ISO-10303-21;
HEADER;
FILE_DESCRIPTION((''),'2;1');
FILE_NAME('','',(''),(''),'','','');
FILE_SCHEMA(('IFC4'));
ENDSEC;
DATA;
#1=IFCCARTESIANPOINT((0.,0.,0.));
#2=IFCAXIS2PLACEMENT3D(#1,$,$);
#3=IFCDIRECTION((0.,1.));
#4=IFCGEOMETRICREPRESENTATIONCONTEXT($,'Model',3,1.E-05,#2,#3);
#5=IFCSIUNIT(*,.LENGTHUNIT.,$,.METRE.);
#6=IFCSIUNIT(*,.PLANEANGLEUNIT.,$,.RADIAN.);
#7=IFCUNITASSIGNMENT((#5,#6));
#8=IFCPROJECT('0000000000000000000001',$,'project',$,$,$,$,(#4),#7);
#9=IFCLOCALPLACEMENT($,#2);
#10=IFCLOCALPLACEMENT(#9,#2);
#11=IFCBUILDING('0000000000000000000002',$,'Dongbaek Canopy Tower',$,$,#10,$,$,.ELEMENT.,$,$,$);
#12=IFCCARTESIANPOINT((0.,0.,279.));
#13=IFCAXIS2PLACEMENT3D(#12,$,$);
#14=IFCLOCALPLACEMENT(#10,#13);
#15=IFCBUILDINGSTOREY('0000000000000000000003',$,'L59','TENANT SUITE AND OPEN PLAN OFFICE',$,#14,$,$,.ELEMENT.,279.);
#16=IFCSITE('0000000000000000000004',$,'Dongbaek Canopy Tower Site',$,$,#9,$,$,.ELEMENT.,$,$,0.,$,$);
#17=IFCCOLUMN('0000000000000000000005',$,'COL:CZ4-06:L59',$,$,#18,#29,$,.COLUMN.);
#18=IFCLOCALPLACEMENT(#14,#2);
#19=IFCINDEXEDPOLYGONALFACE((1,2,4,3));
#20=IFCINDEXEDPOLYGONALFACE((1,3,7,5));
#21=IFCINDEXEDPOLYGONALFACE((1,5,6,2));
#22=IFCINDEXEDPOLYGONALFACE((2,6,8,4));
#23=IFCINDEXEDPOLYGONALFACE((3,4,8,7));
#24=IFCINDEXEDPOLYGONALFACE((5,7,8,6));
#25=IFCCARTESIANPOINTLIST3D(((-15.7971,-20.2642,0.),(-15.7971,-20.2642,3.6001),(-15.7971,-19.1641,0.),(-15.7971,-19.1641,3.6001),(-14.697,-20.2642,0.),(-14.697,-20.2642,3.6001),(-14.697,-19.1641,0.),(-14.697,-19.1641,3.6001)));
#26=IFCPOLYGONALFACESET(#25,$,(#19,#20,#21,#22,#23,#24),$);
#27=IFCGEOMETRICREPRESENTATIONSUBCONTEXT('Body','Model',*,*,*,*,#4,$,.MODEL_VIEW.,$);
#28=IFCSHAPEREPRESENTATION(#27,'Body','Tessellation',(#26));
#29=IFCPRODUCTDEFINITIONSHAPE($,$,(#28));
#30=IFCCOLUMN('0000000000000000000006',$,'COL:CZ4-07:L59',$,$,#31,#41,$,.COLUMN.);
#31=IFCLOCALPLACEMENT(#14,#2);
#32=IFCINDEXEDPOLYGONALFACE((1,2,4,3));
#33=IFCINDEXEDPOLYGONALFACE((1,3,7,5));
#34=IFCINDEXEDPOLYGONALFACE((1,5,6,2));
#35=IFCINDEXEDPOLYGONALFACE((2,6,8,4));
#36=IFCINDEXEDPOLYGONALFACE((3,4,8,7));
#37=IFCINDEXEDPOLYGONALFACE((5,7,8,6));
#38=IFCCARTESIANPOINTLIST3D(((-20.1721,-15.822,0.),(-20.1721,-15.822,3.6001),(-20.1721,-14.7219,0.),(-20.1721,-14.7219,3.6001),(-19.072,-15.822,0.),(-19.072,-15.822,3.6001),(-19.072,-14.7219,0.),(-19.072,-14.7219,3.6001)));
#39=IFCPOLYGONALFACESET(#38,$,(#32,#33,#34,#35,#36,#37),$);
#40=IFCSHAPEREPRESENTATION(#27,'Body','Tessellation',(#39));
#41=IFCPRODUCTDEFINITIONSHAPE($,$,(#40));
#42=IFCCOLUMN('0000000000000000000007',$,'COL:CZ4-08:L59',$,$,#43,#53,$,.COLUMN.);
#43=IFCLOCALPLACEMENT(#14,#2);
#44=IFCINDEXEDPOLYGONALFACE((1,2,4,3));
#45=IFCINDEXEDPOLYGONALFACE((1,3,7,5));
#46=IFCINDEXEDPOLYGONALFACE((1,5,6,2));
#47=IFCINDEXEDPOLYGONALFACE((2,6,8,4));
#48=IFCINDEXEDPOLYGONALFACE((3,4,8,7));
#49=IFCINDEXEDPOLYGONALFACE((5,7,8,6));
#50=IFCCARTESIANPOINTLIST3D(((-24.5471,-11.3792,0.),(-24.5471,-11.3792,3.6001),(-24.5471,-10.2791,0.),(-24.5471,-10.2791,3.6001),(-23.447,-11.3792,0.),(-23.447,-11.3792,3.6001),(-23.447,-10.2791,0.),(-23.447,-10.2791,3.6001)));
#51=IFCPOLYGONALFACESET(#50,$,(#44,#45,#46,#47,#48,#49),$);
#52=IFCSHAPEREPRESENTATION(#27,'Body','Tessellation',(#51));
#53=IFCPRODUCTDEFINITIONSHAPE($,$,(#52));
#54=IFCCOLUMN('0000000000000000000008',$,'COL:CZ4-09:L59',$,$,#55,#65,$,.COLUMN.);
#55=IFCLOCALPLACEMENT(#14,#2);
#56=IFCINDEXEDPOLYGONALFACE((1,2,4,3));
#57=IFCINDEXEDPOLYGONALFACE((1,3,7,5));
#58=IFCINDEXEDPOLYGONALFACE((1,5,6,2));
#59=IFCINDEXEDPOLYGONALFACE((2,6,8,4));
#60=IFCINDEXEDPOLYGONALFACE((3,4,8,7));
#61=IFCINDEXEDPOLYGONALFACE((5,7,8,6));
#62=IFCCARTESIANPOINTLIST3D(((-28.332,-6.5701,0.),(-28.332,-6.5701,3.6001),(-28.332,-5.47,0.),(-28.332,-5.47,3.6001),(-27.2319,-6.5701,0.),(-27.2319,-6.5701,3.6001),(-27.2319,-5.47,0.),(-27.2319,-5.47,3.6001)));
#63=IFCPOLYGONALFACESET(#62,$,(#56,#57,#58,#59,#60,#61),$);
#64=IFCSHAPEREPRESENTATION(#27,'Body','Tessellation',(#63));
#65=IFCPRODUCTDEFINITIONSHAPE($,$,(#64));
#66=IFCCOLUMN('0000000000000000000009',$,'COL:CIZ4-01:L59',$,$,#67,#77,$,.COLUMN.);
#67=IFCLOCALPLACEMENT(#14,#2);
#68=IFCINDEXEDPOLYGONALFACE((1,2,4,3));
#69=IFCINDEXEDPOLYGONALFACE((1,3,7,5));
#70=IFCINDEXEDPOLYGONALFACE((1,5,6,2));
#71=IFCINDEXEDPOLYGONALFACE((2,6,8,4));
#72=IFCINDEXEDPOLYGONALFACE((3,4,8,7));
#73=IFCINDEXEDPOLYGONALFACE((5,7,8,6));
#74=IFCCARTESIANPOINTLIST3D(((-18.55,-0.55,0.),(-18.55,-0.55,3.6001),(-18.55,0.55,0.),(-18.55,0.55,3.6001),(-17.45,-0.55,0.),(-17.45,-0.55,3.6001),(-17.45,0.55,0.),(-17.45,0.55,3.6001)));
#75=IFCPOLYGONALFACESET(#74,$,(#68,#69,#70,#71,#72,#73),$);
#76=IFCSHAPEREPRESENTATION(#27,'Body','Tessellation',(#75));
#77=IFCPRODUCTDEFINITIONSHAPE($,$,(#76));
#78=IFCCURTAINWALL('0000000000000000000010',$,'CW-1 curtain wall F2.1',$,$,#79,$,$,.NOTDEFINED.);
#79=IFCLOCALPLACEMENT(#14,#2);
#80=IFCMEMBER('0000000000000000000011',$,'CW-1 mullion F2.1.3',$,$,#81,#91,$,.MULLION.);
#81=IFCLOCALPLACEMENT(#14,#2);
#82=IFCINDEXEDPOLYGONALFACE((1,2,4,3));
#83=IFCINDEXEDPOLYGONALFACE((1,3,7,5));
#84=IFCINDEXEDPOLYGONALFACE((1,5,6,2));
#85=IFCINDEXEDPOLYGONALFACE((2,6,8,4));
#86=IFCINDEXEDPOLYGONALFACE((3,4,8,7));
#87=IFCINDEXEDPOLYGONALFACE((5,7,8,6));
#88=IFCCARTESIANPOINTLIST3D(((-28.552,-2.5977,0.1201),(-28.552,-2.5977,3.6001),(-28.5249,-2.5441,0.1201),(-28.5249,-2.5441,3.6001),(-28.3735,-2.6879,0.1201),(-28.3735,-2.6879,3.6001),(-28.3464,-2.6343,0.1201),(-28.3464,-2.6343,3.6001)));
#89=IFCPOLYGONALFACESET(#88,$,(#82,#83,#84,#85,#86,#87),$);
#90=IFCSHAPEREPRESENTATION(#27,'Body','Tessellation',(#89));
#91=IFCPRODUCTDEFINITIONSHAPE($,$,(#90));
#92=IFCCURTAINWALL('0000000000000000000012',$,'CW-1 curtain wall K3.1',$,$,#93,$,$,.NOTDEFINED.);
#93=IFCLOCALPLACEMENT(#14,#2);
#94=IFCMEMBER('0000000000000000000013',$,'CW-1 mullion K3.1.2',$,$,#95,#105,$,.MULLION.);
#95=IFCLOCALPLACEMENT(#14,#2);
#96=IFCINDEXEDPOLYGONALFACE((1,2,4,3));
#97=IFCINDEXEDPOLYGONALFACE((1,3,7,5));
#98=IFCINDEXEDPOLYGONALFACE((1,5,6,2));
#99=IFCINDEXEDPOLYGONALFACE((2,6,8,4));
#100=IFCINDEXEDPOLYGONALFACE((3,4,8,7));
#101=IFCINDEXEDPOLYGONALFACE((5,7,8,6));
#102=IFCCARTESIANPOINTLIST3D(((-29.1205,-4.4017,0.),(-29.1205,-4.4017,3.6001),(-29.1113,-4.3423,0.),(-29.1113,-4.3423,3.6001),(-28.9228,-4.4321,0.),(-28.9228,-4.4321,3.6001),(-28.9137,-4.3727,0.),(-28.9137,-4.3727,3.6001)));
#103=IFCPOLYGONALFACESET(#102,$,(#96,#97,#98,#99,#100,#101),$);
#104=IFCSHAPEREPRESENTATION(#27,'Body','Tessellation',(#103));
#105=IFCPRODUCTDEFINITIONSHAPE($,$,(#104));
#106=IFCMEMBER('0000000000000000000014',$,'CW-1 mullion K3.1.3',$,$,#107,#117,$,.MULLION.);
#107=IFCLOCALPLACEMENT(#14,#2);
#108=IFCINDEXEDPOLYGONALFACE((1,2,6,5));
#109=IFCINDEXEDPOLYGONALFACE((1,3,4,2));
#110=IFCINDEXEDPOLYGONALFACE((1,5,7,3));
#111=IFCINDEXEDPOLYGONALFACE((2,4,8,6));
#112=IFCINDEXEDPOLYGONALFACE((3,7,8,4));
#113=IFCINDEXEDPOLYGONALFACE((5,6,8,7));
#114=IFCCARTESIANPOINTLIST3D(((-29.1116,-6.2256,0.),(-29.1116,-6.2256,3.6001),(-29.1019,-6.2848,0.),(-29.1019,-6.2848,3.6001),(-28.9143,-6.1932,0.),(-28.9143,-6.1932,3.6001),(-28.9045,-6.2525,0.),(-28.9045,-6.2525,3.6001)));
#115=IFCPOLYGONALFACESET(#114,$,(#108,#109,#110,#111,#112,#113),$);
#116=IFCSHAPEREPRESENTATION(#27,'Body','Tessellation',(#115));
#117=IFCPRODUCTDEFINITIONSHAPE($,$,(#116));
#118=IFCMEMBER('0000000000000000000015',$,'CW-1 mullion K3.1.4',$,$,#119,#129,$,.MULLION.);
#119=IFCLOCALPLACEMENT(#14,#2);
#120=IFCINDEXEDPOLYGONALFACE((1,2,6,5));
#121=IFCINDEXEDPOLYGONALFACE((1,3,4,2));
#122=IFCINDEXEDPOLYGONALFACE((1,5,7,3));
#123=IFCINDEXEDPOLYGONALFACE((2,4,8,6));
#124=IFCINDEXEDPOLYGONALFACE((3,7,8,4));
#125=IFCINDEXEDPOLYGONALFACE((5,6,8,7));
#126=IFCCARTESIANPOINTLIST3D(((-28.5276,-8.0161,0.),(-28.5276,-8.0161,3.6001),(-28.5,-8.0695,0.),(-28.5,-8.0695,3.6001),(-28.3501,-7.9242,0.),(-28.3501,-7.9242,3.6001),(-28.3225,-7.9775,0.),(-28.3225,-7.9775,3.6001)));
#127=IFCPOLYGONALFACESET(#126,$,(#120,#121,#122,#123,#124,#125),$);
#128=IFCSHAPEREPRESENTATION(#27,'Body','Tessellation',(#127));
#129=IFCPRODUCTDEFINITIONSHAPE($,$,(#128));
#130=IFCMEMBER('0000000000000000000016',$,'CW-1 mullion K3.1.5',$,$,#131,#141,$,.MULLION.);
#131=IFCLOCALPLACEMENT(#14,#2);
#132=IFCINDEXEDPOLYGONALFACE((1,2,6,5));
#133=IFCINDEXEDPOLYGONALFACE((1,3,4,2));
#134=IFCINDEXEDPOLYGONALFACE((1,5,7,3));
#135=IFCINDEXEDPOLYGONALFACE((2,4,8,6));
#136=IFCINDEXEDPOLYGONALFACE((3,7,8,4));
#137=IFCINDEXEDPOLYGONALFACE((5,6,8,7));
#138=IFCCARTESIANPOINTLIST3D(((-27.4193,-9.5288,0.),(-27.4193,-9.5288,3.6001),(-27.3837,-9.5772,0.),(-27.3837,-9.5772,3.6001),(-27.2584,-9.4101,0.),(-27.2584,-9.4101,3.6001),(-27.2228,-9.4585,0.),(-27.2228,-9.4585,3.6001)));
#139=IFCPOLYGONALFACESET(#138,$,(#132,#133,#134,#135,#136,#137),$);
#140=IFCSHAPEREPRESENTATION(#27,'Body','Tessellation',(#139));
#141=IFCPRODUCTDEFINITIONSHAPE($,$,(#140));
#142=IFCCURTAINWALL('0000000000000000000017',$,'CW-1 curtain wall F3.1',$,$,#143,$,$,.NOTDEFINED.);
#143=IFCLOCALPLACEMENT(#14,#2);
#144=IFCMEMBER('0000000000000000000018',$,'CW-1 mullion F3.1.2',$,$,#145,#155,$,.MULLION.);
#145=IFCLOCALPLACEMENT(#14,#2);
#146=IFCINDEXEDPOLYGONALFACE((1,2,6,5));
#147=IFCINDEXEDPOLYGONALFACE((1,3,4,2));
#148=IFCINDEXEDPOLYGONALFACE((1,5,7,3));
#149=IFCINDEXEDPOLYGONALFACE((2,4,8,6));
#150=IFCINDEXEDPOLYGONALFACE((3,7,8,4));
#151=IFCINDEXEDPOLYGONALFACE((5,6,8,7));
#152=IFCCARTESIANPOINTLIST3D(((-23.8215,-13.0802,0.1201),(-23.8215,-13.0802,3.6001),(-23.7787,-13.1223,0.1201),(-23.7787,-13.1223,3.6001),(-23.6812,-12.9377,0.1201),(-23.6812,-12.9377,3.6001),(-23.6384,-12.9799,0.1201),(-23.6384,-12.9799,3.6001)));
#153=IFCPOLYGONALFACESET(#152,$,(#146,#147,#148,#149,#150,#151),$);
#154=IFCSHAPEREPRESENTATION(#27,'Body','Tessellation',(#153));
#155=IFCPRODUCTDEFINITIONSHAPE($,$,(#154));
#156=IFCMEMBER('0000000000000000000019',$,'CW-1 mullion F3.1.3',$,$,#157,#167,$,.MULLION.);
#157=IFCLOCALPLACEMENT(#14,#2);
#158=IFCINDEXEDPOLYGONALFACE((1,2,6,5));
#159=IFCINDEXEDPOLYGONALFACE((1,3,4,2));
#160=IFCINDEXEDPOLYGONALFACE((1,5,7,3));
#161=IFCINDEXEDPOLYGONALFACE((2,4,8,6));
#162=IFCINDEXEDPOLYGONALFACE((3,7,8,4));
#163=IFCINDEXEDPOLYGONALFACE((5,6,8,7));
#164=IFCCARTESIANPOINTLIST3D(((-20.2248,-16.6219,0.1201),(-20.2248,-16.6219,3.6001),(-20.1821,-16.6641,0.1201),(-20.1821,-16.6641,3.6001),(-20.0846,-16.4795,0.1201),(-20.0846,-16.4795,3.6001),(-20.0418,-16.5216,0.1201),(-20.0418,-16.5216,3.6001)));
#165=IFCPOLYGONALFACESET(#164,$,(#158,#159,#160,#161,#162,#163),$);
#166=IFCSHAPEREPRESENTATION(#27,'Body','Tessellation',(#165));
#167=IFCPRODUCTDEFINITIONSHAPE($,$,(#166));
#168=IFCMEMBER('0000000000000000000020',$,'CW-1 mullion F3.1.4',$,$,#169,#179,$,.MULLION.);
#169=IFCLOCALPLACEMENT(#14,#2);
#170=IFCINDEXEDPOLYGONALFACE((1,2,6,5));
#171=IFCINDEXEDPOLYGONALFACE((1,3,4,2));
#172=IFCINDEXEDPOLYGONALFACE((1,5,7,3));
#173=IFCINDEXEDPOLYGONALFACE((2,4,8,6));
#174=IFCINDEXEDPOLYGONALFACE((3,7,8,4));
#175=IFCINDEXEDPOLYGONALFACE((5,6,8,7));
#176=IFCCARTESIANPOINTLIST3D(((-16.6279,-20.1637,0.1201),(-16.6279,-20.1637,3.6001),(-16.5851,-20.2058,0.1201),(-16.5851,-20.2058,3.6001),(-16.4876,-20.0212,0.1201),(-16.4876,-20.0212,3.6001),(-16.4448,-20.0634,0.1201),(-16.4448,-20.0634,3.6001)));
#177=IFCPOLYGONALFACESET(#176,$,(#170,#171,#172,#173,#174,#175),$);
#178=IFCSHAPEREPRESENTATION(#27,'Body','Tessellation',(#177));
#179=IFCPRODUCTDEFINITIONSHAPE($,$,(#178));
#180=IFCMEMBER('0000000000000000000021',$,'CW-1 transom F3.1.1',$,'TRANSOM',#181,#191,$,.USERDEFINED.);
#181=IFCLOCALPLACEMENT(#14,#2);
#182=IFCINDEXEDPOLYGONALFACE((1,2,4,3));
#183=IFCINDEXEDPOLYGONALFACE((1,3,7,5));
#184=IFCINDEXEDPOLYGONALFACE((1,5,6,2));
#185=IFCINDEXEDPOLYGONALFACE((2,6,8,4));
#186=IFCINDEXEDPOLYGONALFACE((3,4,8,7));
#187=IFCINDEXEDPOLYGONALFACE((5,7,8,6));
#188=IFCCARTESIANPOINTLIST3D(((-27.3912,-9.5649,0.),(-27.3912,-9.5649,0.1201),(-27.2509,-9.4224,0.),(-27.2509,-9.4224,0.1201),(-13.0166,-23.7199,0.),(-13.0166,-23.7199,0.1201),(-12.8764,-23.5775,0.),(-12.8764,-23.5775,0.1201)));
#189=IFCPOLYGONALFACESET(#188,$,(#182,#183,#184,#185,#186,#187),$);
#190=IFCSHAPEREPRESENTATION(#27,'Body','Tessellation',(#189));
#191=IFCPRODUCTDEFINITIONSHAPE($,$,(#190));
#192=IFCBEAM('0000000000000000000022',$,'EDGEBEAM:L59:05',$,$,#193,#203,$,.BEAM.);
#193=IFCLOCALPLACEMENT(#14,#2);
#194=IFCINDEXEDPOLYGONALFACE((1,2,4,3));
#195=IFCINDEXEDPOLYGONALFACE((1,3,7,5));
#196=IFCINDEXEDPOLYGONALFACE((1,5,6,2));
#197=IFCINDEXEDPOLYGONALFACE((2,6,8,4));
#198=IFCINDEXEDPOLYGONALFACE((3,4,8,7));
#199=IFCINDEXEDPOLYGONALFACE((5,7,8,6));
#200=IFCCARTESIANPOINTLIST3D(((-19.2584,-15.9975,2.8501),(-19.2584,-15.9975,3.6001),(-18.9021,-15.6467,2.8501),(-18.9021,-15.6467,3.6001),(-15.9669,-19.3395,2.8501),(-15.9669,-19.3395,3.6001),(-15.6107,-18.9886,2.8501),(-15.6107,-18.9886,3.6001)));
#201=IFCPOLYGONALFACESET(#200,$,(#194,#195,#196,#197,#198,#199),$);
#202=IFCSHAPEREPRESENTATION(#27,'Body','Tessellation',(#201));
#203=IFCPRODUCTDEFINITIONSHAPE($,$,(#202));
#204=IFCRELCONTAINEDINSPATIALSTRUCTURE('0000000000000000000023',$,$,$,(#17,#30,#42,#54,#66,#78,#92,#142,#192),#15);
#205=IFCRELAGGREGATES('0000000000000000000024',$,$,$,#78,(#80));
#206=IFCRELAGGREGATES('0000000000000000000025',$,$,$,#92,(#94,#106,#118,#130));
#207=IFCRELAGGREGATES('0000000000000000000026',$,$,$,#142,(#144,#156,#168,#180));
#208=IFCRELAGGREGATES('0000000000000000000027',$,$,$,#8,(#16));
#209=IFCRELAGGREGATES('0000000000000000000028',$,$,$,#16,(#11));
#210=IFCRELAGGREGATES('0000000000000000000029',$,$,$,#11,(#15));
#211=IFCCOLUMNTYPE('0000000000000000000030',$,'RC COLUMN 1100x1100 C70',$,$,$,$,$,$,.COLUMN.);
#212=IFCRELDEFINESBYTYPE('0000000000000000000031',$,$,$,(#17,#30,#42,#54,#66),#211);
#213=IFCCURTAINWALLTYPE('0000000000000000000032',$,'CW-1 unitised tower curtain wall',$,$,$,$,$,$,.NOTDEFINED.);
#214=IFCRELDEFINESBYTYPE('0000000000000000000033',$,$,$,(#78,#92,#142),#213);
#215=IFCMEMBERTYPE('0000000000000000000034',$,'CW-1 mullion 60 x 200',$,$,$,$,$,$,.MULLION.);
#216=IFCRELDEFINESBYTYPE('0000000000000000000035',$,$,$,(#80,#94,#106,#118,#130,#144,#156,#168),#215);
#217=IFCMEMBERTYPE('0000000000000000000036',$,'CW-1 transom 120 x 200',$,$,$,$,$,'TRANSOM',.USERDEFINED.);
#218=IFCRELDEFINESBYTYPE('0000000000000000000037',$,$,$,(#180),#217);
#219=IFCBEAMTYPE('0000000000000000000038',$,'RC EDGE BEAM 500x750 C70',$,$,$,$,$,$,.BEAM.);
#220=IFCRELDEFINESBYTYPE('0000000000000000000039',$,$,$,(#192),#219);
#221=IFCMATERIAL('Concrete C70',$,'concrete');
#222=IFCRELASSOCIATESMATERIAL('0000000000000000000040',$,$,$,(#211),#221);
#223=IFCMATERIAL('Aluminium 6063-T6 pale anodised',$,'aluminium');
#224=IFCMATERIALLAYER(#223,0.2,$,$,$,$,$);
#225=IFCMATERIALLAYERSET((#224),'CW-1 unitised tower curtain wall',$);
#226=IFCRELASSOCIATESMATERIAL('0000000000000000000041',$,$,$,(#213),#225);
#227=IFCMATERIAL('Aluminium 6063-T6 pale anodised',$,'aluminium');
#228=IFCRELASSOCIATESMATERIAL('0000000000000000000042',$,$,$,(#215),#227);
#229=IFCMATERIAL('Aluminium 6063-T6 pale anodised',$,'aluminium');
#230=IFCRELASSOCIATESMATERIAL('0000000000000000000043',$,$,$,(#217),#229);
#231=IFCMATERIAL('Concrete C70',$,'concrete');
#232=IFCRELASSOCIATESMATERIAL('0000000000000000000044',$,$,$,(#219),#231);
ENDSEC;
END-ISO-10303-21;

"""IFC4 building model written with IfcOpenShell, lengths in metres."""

from ifc_helpers import new_model, si_unit, direction, frame, origin, origin_2d, place, context, subcontext, project, spatial, rectangle, extrude, material, layer, layer_set, material_profile, profile_set, type_object, element, aggregate, save


model = new_model("IFC4")

# Units and contexts
model_context = context("Model", 3, precision=1e-05, world=origin(), true_north=direction((0.0, 1.0)))
body_context = subcontext(model_context, "Body", "Model", "MODEL_VIEW")
ifc_project = project(units=[si_unit("LENGTHUNIT", "METRE"), si_unit("PLANEANGLEUNIT", "RADIAN")], contexts=[model_context])

# Site, building, storey
site_placement = place(None, origin())
site = spatial("IfcSite", under=ifc_project, at=site_placement, Name="Dongbaek Canopy Tower Site", CompositionType="ELEMENT", RefElevation=0.0)
building_placement = place(site_placement, origin())
building = spatial("IfcBuilding", under=site, at=building_placement, Name="Dongbaek Canopy Tower", CompositionType="ELEMENT")
storey_placement = place(building_placement, frame((0.0, 0.0, 279.0)))
storey = spatial("IfcBuildingStorey", under=building, at=storey_placement, Name="L59", Description="TENANT SUITE AND OPEN PLAN OFFICE", CompositionType="ELEMENT", Elevation=279.0)

# Columns
ifc_material_1 = material(Name="Concrete C70", Category="concrete")
ifc_material_profile_1 = material_profile(ifc_material_1, rectangle(XDim=1.1001, YDim=1.1001, at=origin_2d()), Name="RC COLUMN 1100x1100 C70")
ifc_profile_set_1 = profile_set([ifc_material_profile_1], Name="Concrete C70")
column_type = type_object("IfcColumnType", Name="RC COLUMN 1100x1100 C70", PredefinedType="COLUMN", material=ifc_profile_set_1)
for number, where, z_axis, x_axis, name in (
    (1, (-15.2471, -19.7141, 0.0), (0.0, 0.0, 1.0), (1.0, 0.0, 0.0), "COL:CZ4-06:L59"),
    (2, (-19.6221, -15.272, 0.0), (0.0, 0.0, 1.0), (1.0, 0.0, 0.0), "COL:CZ4-07:L59"),
    (3, (-23.9971, -10.8291, 0.0), (0.0, 0.0, 1.0), (1.0, 0.0, 0.0), "COL:CZ4-08:L59"),
    (4, (-27.782, -6.02, 0.0), (0.0, 0.0, 1.0), (1.0, 0.0, 0.0), "COL:CZ4-09:L59"),
    (5, (-18.0, 0.0, 0.0), (0.0, 0.0, 1.0), (1.0, 0.0, 0.0), "COL:CIZ4-01:L59"),
):
    element("IfcColumn", number, at=place(storey_placement, frame(where, z_axis=z_axis, x_axis=x_axis)), inside=storey, type_object=column_type, Name=name, PredefinedType="COLUMN", context=body_context, shape_type="SweptSolid", body=[
        extrude(rectangle(XDim=1.1001, YDim=1.1001, at=origin_2d()), origin(), (0.0, 0.0, 1.0), 3.6001),
    ])

# Curtain wall, member
ifc_material_2 = material(Name="Aluminium 6063-T6 pale anodised", Category="aluminium")
ifc_layer_1 = layer(ifc_material_2, 0.2)
ifc_layer_set_1 = layer_set([ifc_layer_1], Name="CW-1 unitised tower curtain wall")
curtain_wall_type = type_object("IfcCurtainWallType", Name="CW-1 unitised tower curtain wall", PredefinedType="NOTDEFINED", material=ifc_layer_set_1)
curtain_wall_1_placement = place(storey_placement, origin())
curtain_wall_1 = element("IfcCurtainWall", 6, at=curtain_wall_1_placement, inside=storey, type_object=curtain_wall_type, Name="CW-1 curtain wall F2.1", PredefinedType="NOTDEFINED")
ifc_material_3 = material(Name="Aluminium 6063-T6 pale anodised", Category="aluminium")
ifc_material_profile_2 = material_profile(ifc_material_3, rectangle(XDim=0.2, YDim=0.0601, at=origin_2d()), Name="CW-1 mullion 60 x 200")
ifc_profile_set_2 = profile_set([ifc_material_profile_2], Name="Aluminium 6063-T6 pale anodised")
member_type_1 = type_object("IfcMemberType", Name="CW-1 mullion 60 x 200", PredefinedType="MULLION", material=ifc_profile_set_2)
member_1_placement = place(storey_placement, frame((-28.4492, -2.616, 0.1201), z_axis=(0.0, 0.0, 1.0), x_axis=(-0.8925, 0.451047, 0.0)))
member_1 = element("IfcMember", 7, at=member_1_placement, type_object=member_type_1, Name="CW-1 mullion F2.1.3", PredefinedType="MULLION", context=body_context, shape_type="SweptSolid", body=[
    extrude(rectangle(XDim=0.2, YDim=0.0601, at=origin_2d()), origin(), (0.0, 0.0, 1.0), 3.48),
])

# Curtain walls, members
curtain_wall_2_placement = place(storey_placement, origin())
curtain_wall_2 = element("IfcCurtainWall", 8, at=curtain_wall_2_placement, inside=storey, type_object=curtain_wall_type, Name="CW-1 curtain wall K3.1", PredefinedType="NOTDEFINED")
member_2_placement = place(storey_placement, frame((-29.0171, -4.3872, 0.0), z_axis=(0.0, 0.0, 1.0), x_axis=(-0.988367, 0.152086, 0.0)))
member_2 = element("IfcMember", 9, at=member_2_placement, type_object=member_type_1, Name="CW-1 mullion K3.1.2", PredefinedType="MULLION", context=body_context, shape_type="SweptSolid", body=[
    extrude(rectangle(XDim=0.2, YDim=0.0601, at=origin_2d()), origin(), (0.0, 0.0, 1.0), 3.6001),
])
member_3_placement = place(storey_placement, frame((-29.0081, -6.239, 0.0), z_axis=(0.0, 0.0, 1.0), x_axis=(-0.986813, -0.161866, 0.0)))
member_3 = element("IfcMember", 10, at=member_3_placement, type_object=member_type_1, Name="CW-1 mullion K3.1.3", PredefinedType="MULLION", context=body_context, shape_type="SweptSolid", body=[
    extrude(rectangle(XDim=0.2, YDim=0.0601, at=origin_2d()), origin(), (0.0, 0.0, 1.0), 3.6001),
])
member_4_placement = place(storey_placement, frame((-28.425, -7.9968, 0.0), z_axis=(0.0, 0.0, 1.0), x_axis=(-0.88799, -0.459863, 0.0)))
member_4 = element("IfcMember", 11, at=member_4_placement, type_object=member_type_1, Name="CW-1 mullion K3.1.4", PredefinedType="MULLION", context=body_context, shape_type="SweptSolid", body=[
    extrude(rectangle(XDim=0.2, YDim=0.0601, at=origin_2d()), origin(), (0.0, 0.0, 1.0), 3.6001),
])
member_5_placement = place(storey_placement, frame((-27.321, -9.4937, 0.0), z_axis=(0.0, 0.0, 1.0), x_axis=(-0.804792, -0.593557, 0.0)))
member_5 = element("IfcMember", 12, at=member_5_placement, type_object=member_type_1, Name="CW-1 mullion K3.1.5", PredefinedType="MULLION", context=body_context, shape_type="SweptSolid", body=[
    extrude(rectangle(XDim=0.2, YDim=0.0601, at=origin_2d()), origin(), (0.0, 0.0, 1.0), 3.6001),
])
curtain_wall_3_placement = place(storey_placement, origin())
curtain_wall_3 = element("IfcCurtainWall", 13, at=curtain_wall_3_placement, inside=storey, type_object=curtain_wall_type, Name="CW-1 curtain wall F3.1", PredefinedType="NOTDEFINED")
member_6_placement = place(storey_placement, frame((-23.73, -13.03, 0.1201), z_axis=(0.0, 0.0, 1.0), x_axis=(-0.701639, -0.712532, 0.0)))
member_6 = element("IfcMember", 14, at=member_6_placement, type_object=member_type_1, Name="CW-1 mullion F3.1.2", PredefinedType="MULLION", context=body_context, shape_type="SweptSolid", body=[
    extrude(rectangle(XDim=0.2, YDim=0.0601, at=origin_2d()), origin(), (0.0, 0.0, 1.0), 3.48),
])
member_7_placement = place(storey_placement, frame((-20.1333, -16.5718, 0.1201), z_axis=(0.0, 0.0, 1.0), x_axis=(-0.701639, -0.712532, 0.0)))
member_7 = element("IfcMember", 15, at=member_7_placement, type_object=member_type_1, Name="CW-1 mullion F3.1.3", PredefinedType="MULLION", context=body_context, shape_type="SweptSolid", body=[
    extrude(rectangle(XDim=0.2, YDim=0.0601, at=origin_2d()), origin(), (0.0, 0.0, 1.0), 3.48),
])
member_8_placement = place(storey_placement, frame((-16.5364, -20.1135, 0.1201), z_axis=(0.0, 0.0, 1.0), x_axis=(-0.701639, -0.712532, 0.0)))
member_8 = element("IfcMember", 16, at=member_8_placement, type_object=member_type_1, Name="CW-1 mullion F3.1.4", PredefinedType="MULLION", context=body_context, shape_type="SweptSolid", body=[
    extrude(rectangle(XDim=0.2, YDim=0.0601, at=origin_2d()), origin(), (0.0, 0.0, 1.0), 3.48),
])
ifc_material_4 = material(Name="Aluminium 6063-T6 pale anodised", Category="aluminium")
ifc_material_profile_3 = material_profile(ifc_material_4, rectangle(XDim=0.2, YDim=0.1201, at=origin_2d()), Name="CW-1 transom 120 x 200")
ifc_profile_set_3 = profile_set([ifc_material_profile_3], Name="Aluminium 6063-T6 pale anodised")
member_type_2 = type_object("IfcMemberType", Name="CW-1 transom 120 x 200", ElementType="TRANSOM", PredefinedType="USERDEFINED", material=ifc_profile_set_3)
member_9_placement = place(storey_placement, frame((-27.321, -9.4937, 0.0601), z_axis=(0.712526, -0.701646, 0.0), x_axis=(0.701646, 0.712526, 0.0)))
member_9 = element("IfcMember", 17, at=member_9_placement, type_object=member_type_2, Name="CW-1 transom F3.1.1", ObjectType="TRANSOM", PredefinedType="USERDEFINED", context=body_context, shape_type="SweptSolid", body=[
    extrude(rectangle(XDim=0.2, YDim=0.1201, at=origin_2d()), origin(), (0.0, 0.0, 1.0), 20.1741),
])

# Beam
ifc_material_5 = material(Name="Concrete C70", Category="concrete")
ifc_material_profile_4 = material_profile(ifc_material_5, rectangle(XDim=0.5, YDim=0.75, at=origin_2d()), Name="RC EDGE BEAM 500x750 C70")
ifc_profile_set_4 = profile_set([ifc_material_profile_4], Name="Concrete C70")
beam_type = type_object("IfcBeamType", Name="RC EDGE BEAM 500x750 C70", PredefinedType="BEAM", material=ifc_profile_set_4)
beam_1_placement = place(storey_placement, frame((-15.7888, -19.1641, 3.2251), z_axis=(-0.701699, 0.712473, 0.0), x_axis=(-0.712473, -0.701699, 0.0)))
element("IfcBeam", 18, at=beam_1_placement, inside=storey, type_object=beam_type, Name="EDGEBEAM:L59:05", PredefinedType="BEAM", context=body_context, shape_type="SweptSolid", body=[
    extrude(rectangle(XDim=0.5, YDim=0.75, at=origin_2d()), origin(), (0.0, 0.0, 1.0), 4.6907),
])

aggregate(curtain_wall_1, [member_1])
aggregate(curtain_wall_2, [member_2, member_3, member_4, member_5])
aggregate(curtain_wall_3, [member_6, member_7, member_8, member_9])

save(model, "model.ifc")
